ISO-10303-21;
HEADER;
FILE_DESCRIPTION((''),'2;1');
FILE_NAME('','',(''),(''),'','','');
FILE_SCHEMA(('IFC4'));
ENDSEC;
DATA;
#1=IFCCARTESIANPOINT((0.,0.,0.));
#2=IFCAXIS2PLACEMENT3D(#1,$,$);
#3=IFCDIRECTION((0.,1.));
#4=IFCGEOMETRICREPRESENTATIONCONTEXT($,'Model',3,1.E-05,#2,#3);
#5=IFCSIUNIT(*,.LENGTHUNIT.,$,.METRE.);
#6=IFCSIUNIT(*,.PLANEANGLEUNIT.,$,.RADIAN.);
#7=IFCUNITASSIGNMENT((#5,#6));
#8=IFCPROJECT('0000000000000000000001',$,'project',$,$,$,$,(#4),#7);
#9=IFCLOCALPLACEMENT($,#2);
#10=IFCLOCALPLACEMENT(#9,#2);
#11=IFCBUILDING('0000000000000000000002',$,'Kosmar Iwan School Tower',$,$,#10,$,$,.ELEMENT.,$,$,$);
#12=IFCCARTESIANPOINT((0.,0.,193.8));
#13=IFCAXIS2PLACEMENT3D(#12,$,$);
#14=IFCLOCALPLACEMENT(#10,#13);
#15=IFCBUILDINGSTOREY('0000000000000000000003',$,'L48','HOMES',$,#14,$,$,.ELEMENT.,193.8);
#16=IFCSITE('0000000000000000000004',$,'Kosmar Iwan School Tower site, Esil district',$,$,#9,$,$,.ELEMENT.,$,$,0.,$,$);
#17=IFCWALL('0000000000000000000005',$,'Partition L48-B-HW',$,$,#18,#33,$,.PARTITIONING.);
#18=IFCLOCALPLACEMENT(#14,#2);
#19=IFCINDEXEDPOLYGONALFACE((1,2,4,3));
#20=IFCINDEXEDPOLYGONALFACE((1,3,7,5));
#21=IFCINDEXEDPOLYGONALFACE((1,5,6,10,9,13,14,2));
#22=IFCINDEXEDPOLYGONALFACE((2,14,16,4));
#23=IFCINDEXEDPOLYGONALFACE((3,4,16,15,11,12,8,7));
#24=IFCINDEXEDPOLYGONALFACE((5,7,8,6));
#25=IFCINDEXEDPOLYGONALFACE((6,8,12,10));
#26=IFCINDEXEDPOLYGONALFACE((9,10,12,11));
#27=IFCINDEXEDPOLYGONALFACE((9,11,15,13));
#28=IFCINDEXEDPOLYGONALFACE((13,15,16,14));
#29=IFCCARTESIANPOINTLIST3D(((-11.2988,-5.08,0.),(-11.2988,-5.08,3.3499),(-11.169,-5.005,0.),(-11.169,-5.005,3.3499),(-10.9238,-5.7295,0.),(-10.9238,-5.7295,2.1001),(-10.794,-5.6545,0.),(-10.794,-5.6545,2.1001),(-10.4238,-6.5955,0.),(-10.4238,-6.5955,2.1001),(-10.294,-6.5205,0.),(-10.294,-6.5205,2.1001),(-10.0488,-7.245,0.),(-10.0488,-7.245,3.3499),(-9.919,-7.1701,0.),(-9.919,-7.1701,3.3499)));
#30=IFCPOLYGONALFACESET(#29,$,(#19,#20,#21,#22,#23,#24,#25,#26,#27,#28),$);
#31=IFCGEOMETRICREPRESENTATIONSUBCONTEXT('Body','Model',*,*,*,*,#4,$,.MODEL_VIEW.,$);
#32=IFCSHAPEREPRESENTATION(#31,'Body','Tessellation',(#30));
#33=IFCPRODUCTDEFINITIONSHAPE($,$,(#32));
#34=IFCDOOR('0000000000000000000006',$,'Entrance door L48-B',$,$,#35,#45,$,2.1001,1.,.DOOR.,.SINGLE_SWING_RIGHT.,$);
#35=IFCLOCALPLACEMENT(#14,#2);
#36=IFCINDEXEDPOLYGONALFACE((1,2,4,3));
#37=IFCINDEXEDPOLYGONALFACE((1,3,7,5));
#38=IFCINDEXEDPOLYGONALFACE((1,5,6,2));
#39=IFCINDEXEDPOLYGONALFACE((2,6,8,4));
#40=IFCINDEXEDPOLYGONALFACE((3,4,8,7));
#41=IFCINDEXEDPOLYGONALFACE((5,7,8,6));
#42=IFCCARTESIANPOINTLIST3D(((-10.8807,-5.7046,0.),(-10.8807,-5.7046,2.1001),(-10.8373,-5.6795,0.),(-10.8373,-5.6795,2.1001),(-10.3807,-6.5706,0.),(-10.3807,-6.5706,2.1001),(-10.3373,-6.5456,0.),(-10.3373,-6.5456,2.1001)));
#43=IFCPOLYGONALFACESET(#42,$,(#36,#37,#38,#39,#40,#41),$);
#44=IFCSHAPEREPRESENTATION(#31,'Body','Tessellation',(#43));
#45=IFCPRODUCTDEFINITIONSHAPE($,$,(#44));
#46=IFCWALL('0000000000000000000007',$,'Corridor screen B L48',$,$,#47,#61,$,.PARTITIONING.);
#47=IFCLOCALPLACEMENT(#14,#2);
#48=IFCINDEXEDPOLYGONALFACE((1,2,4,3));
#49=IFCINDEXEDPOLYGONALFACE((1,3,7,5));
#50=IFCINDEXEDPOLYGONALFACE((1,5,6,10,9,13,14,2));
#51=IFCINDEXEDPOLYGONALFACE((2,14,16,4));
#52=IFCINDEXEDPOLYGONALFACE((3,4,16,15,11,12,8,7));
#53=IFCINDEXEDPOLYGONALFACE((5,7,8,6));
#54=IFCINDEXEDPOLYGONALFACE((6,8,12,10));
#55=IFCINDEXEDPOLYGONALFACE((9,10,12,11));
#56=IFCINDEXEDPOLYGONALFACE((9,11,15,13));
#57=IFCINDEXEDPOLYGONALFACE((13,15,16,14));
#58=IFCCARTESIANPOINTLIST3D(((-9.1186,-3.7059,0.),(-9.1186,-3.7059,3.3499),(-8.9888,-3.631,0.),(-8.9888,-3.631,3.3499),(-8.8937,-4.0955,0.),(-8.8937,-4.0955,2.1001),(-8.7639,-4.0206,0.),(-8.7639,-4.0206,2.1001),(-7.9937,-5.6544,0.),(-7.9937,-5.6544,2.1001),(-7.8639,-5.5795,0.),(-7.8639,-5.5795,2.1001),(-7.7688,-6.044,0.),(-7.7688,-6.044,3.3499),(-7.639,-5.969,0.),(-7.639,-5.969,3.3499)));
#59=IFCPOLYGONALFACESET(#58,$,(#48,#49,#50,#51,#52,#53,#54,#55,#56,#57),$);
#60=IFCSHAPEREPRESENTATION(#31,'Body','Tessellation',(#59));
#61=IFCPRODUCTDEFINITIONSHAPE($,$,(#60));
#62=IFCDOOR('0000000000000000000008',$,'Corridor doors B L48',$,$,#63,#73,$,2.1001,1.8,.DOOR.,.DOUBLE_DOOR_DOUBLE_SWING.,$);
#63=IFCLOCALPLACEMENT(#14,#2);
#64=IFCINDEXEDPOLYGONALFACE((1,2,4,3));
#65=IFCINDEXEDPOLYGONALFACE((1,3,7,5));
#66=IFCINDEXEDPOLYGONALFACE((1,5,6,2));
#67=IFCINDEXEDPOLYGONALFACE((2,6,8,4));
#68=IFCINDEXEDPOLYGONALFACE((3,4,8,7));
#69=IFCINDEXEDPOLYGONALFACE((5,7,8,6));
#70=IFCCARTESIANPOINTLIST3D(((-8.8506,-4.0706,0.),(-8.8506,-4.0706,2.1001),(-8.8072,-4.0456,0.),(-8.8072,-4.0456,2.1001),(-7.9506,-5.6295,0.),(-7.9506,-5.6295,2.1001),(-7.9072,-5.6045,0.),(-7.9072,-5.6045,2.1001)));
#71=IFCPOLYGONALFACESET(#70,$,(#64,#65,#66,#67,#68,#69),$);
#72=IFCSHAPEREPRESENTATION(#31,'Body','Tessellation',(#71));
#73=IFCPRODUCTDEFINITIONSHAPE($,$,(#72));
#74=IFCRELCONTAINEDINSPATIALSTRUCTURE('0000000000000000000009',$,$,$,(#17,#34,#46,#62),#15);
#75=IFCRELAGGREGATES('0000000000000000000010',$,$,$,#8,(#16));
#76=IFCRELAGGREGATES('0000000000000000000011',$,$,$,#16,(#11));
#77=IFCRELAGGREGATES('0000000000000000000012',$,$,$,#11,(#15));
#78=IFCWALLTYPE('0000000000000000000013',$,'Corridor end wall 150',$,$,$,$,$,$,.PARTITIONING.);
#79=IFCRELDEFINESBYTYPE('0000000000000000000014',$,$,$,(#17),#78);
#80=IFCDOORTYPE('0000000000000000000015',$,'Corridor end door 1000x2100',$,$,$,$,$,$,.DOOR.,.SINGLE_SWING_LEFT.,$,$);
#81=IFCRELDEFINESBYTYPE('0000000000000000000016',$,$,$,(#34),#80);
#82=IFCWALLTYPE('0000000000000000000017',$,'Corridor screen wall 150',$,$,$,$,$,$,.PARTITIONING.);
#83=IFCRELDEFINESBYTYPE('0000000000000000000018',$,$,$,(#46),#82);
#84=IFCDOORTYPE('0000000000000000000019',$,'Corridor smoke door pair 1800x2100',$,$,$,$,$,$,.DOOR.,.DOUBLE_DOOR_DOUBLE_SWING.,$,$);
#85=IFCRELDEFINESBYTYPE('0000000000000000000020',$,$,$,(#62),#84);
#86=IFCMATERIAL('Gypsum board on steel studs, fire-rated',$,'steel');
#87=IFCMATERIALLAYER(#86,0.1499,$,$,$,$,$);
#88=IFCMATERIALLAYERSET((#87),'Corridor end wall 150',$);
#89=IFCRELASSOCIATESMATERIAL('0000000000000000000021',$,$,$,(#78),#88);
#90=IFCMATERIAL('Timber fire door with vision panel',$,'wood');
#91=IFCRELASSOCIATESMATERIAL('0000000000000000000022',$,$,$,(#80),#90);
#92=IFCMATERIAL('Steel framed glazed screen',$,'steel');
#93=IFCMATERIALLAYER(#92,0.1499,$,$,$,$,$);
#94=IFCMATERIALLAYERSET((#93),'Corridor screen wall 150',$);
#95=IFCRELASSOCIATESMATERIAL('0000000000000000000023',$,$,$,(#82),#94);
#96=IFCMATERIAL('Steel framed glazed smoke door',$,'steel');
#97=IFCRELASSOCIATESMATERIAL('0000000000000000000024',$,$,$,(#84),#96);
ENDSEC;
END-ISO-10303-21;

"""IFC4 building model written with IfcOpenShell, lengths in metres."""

from ifc_helpers import new_model, si_unit, direction, frame, frame_2d, origin, place, context, subcontext, project, spatial, rectangle, extrude, material, layer, layer_set, type_object, element, fill, save


model = new_model("IFC4")

# Units and contexts
model_context = context("Model", 3, precision=1e-05, world=origin(), true_north=direction((0.0, 1.0)))
body_context = subcontext(model_context, "Body", "Model", "MODEL_VIEW")
ifc_project = project(units=[si_unit("LENGTHUNIT", "METRE"), si_unit("PLANEANGLEUNIT", "RADIAN")], contexts=[model_context])

# Site, building, storey
site_placement = place(None, origin())
site = spatial("IfcSite", under=ifc_project, at=site_placement, Name="Kosmar Iwan School Tower site, Esil district", CompositionType="ELEMENT", RefElevation=0.0)
building_placement = place(site_placement, origin())
building = spatial("IfcBuilding", under=site, at=building_placement, Name="Kosmar Iwan School Tower", CompositionType="ELEMENT")
storey_placement = place(building_placement, frame((0.0, 0.0, 193.8)))
storey = spatial("IfcBuildingStorey", under=building, at=storey_placement, Name="L48", Description="HOMES", CompositionType="ELEMENT", Elevation=193.8)

# Walls, openings, doors
ifc_material_1 = material(Name="Gypsum board on steel studs, fire-rated", Category="steel")
ifc_layer_1 = layer(ifc_material_1, 0.1499)
ifc_layer_set_1 = layer_set([ifc_layer_1], Name="Corridor end wall 150")
wall_type_1 = type_object("IfcWallType", Name="Corridor end wall 150", PredefinedType="PARTITIONING", material=ifc_layer_set_1)
wall_1_placement = place(storey_placement, frame((-11.2339, -5.0425, 0.0), z_axis=(0.0, 0.0, 1.0), x_axis=(0.500004, -0.866023, 0.0)))
wall_1 = element("IfcWall", 1, at=wall_1_placement, inside=storey, type_object=wall_type_1, Name="Partition L48-B-HW", PredefinedType="PARTITIONING", context=body_context, shape_type="SweptSolid", body=[
    extrude(rectangle(XDim=2.5, YDim=0.1499, at=frame_2d((1.25, 0.0))), origin(), (0.0, 0.0, 1.0), 3.3499),
])
opening_1_placement = place(wall_1_placement, frame((0.75, 0.0, 0.0)))
opening_1 = element("IfcOpeningElement", 2, at=opening_1_placement, cuts=wall_1, PredefinedType="OPENING", context=body_context, shape_type="SweptSolid", body=[
    extrude(rectangle(XDim=1.0, YDim=2.1001, at=frame_2d((0.5, 1.05))), frame((0.0, 0.0869, 0.0), z_axis=(0.0, -1.0, 0.0), x_axis=(1.0, 0.0, 0.0)), (0.0, 0.0, 1.0), 0.1738),
])
ifc_material_2 = material(Name="Timber fire door with vision panel", Category="wood")
door_type_1 = type_object("IfcDoorType", Name="Corridor end door 1000x2100", OperationType="SINGLE_SWING_LEFT", PredefinedType="DOOR", material=ifc_material_2)
door_1_placement = place(opening_1_placement, origin())
door_1 = element("IfcDoor", 3, at=door_1_placement, inside=storey, type_object=door_type_1, Name="Entrance door L48-B", OperationType="SINGLE_SWING_RIGHT", OverallHeight=2.1001, OverallWidth=1.0, PredefinedType="DOOR", context=body_context, shape_type="SweptSolid", body=[
    extrude(rectangle(XDim=1.0, YDim=2.1001, at=frame_2d((0.5, 1.05))), frame((0.0, 0.0249, 0.0), z_axis=(0.0, -1.0, 0.0), x_axis=(1.0, 0.0, 0.0)), (0.0, 0.0, 1.0), 0.05),
])
fill(opening_1, door_1)
ifc_material_3 = material(Name="Steel framed glazed screen", Category="steel")
ifc_layer_2 = layer(ifc_material_3, 0.1499)
ifc_layer_set_2 = layer_set([ifc_layer_2], Name="Corridor screen wall 150")
wall_type_2 = type_object("IfcWallType", Name="Corridor screen wall 150", PredefinedType="PARTITIONING", material=ifc_layer_set_2)
wall_2_placement = place(storey_placement, frame((-9.0537, -3.6685, 0.0), z_axis=(0.0, 0.0, 1.0), x_axis=(0.499981, -0.866037, 0.0)))
wall_2 = element("IfcWall", 4, at=wall_2_placement, inside=storey, type_object=wall_type_2, Name="Corridor screen B L48", PredefinedType="PARTITIONING", context=body_context, shape_type="SweptSolid", body=[
    extrude(rectangle(XDim=2.6997, YDim=0.1499, at=frame_2d((1.3499, 0.0))), origin(), (0.0, 0.0, 1.0), 3.3499),
])
opening_2_placement = place(wall_2_placement, frame((0.45, 0.0, 0.0)))
opening_2 = element("IfcOpeningElement", 5, at=opening_2_placement, cuts=wall_2, PredefinedType="OPENING", context=body_context, shape_type="SweptSolid", body=[
    extrude(rectangle(XDim=1.8, YDim=2.1001, at=frame_2d((0.8999, 1.05))), frame((0.0, 0.0869, 0.0), z_axis=(0.0, -1.0, 0.0), x_axis=(1.0, 0.0, 0.0)), (0.0, 0.0, 1.0), 0.1738),
])
ifc_material_4 = material(Name="Steel framed glazed smoke door", Category="steel")
door_type_2 = type_object("IfcDoorType", Name="Corridor smoke door pair 1800x2100", OperationType="DOUBLE_DOOR_DOUBLE_SWING", PredefinedType="DOOR", material=ifc_material_4)
door_2_placement = place(opening_2_placement, origin())
door_2 = element("IfcDoor", 6, at=door_2_placement, inside=storey, type_object=door_type_2, Name="Corridor doors B L48", OperationType="DOUBLE_DOOR_DOUBLE_SWING", OverallHeight=2.1001, OverallWidth=1.8, PredefinedType="DOOR", context=body_context, shape_type="SweptSolid", body=[
    extrude(rectangle(XDim=1.8, YDim=2.1001, at=frame_2d((0.8999, 1.05))), frame((0.0, 0.0249, 0.0), z_axis=(0.0, -1.0, 0.0), x_axis=(1.0, 0.0, 0.0)), (0.0, 0.0, 1.0), 0.05),
])
fill(opening_2, door_2)

save(model, "model.ifc")
